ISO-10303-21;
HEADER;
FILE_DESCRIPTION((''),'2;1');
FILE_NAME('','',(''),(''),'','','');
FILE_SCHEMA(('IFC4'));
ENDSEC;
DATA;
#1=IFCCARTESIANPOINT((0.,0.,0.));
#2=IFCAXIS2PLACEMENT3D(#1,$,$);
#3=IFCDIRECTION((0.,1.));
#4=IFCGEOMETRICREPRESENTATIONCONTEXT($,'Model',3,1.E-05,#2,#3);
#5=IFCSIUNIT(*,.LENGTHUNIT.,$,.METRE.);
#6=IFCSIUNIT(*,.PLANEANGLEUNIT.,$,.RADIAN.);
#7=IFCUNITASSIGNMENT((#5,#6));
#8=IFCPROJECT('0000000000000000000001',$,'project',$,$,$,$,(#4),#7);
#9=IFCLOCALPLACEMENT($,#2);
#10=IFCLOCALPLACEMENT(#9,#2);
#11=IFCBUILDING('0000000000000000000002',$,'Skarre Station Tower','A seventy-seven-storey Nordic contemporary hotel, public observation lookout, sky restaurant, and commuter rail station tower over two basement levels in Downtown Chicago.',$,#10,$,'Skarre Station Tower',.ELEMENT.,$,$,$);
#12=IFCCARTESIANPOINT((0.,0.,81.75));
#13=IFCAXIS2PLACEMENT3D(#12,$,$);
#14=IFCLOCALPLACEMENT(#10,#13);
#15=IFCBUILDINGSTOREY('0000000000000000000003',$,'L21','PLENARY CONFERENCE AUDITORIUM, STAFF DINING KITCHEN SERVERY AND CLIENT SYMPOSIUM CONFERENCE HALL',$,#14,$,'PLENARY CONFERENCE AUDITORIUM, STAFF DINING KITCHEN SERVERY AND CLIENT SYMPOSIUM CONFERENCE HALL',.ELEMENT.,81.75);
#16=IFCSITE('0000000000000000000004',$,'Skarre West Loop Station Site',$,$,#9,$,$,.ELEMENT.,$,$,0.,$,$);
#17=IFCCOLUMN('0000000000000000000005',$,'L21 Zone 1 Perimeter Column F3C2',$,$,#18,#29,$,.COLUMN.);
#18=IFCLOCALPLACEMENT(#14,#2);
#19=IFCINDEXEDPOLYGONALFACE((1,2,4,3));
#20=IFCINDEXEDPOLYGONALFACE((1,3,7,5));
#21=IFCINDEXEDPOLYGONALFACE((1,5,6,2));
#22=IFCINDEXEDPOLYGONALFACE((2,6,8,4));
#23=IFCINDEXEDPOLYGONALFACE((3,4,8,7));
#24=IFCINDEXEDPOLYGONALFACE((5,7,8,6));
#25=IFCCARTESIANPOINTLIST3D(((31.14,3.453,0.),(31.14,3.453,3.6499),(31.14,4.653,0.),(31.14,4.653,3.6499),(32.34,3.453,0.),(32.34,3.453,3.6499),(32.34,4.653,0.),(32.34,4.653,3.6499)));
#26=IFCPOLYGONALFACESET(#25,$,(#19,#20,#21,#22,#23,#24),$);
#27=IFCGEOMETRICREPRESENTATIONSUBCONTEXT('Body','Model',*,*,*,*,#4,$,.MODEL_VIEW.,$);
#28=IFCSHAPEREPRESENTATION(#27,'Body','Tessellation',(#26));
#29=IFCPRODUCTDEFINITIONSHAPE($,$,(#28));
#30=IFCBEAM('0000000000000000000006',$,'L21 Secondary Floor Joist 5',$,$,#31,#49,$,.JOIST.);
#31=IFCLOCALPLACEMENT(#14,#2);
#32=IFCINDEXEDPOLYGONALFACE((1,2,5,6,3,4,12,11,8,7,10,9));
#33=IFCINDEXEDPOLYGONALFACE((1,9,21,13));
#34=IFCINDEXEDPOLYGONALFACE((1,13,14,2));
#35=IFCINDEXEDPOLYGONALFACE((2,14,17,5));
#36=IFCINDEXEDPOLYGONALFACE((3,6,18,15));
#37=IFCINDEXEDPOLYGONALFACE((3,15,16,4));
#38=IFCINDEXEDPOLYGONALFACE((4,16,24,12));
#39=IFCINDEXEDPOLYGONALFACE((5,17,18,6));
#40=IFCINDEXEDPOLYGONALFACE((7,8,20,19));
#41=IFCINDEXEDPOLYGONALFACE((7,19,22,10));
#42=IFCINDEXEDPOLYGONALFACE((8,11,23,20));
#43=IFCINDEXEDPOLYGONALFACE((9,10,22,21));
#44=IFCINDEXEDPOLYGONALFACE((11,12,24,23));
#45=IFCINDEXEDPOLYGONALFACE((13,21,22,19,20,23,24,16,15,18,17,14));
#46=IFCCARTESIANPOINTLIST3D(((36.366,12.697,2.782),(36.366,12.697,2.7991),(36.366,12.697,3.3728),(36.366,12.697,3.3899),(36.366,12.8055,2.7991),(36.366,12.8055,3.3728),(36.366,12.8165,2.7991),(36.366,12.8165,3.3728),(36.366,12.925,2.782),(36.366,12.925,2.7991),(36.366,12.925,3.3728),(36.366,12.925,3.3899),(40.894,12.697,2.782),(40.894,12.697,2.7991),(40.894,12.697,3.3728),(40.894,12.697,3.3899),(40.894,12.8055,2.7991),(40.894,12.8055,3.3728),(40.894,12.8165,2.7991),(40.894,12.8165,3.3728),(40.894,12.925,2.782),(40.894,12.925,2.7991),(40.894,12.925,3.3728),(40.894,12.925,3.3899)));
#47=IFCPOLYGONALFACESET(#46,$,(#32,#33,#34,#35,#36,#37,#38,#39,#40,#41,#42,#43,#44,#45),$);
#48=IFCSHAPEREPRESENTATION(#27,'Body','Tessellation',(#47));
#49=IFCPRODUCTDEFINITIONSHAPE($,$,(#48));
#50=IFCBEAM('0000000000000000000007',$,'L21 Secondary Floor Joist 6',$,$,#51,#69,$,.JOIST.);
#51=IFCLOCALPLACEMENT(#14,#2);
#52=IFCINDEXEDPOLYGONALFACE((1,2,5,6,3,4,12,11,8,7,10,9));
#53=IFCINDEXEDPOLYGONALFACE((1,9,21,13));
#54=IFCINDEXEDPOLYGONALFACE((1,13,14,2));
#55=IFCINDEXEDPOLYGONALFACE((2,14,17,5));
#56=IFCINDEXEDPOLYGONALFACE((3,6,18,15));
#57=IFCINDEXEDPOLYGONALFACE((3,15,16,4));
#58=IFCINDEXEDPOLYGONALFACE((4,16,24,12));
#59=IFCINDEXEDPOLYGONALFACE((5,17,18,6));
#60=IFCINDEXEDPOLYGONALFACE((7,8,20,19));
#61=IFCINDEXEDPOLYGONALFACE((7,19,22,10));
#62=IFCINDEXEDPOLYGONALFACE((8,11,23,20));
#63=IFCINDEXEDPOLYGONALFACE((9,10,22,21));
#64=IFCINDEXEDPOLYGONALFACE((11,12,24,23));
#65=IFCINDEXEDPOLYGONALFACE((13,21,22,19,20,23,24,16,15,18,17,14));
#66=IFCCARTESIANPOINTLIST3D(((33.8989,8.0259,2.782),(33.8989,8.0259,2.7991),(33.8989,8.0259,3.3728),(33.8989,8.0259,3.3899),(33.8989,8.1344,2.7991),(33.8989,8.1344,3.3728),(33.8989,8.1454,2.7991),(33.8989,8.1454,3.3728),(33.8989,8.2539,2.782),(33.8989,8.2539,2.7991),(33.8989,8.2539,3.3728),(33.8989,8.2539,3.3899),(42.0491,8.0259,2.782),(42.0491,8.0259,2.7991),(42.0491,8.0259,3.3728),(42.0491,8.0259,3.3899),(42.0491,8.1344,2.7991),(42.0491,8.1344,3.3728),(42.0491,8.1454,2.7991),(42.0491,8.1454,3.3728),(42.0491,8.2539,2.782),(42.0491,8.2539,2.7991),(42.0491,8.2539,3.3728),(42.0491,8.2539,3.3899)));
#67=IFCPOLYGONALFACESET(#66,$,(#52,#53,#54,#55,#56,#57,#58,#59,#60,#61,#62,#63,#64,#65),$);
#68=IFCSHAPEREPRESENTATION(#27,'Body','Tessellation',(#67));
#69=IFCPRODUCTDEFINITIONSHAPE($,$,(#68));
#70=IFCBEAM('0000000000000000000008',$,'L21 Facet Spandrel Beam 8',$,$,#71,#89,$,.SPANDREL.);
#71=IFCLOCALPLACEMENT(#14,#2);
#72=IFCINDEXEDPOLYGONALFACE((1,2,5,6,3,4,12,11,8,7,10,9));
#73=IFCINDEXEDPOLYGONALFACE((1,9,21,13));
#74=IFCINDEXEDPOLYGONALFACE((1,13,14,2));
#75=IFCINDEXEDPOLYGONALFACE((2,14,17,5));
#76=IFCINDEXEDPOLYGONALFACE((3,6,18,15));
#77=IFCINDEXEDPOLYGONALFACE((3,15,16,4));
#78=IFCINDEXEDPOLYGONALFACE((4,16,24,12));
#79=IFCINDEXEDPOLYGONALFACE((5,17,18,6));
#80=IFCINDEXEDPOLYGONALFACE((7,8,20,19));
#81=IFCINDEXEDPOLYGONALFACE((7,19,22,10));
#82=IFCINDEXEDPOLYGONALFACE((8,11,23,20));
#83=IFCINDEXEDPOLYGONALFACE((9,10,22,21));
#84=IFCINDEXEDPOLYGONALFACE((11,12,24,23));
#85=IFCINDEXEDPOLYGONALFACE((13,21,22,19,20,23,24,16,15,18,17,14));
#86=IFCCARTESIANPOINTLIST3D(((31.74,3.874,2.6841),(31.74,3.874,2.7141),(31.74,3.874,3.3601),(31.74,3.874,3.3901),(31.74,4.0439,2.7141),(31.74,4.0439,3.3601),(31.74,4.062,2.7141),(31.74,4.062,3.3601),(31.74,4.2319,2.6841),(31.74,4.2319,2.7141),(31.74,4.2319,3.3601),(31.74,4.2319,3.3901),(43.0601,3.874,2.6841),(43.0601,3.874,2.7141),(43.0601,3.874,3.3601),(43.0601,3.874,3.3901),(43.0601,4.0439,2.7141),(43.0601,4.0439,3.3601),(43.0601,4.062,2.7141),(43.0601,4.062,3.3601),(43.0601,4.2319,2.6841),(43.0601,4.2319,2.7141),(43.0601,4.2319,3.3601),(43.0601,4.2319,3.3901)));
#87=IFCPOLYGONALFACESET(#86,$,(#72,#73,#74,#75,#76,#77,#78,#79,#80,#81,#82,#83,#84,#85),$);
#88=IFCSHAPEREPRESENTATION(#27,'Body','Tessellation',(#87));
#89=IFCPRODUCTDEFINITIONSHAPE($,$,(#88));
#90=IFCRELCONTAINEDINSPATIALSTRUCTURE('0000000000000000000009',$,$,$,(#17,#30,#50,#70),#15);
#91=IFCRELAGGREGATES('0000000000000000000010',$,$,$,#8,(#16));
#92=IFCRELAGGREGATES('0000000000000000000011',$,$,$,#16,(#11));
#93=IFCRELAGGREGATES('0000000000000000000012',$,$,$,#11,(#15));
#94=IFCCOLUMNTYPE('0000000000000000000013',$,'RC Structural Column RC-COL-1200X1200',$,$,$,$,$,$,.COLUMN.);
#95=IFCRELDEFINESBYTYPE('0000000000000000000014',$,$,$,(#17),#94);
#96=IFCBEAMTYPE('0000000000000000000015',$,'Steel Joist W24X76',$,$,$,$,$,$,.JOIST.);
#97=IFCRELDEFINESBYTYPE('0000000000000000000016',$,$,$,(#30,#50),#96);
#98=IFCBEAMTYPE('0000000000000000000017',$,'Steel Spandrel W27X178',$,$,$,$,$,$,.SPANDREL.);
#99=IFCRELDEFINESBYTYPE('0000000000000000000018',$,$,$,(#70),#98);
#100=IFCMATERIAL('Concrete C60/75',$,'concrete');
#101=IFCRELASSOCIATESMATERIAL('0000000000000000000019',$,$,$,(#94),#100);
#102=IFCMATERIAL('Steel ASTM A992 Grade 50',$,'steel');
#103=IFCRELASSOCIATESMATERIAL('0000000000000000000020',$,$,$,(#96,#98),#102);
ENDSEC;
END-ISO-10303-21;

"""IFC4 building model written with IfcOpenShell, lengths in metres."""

from ifc_helpers import new_model, si_unit, direction, frame, origin, origin_2d, place, context, subcontext, project, spatial, rectangle, i_section, extrude, material, material_profile, profile_set, type_object, element, save


model = new_model("IFC4")

# Units and contexts
model_context = context("Model", 3, precision=1e-05, world=origin(), true_north=direction((0.0, 1.0)))
body_context = subcontext(model_context, "Body", "Model", "MODEL_VIEW")
ifc_project = project(units=[si_unit("LENGTHUNIT", "METRE"), si_unit("PLANEANGLEUNIT", "RADIAN")], contexts=[model_context])

# Site, building, storey
site_placement = place(None, origin())
site = spatial("IfcSite", under=ifc_project, at=site_placement, Name="Skarre West Loop Station Site", CompositionType="ELEMENT", RefElevation=0.0)
building_placement = place(site_placement, origin())
building = spatial("IfcBuilding", under=site, at=building_placement, Name="Skarre Station Tower", Description="A seventy-seven-storey Nordic contemporary hotel, public observation lookout, sky restaurant, and commuter rail station tower over two basement levels in Downtown Chicago.", LongName="Skarre Station Tower", CompositionType="ELEMENT")
storey_placement = place(building_placement, frame((0.0, 0.0, 81.75)))
storey = spatial("IfcBuildingStorey", under=building, at=storey_placement, Name="L21", Description="PLENARY CONFERENCE AUDITORIUM, STAFF DINING KITCHEN SERVERY AND CLIENT SYMPOSIUM CONFERENCE HALL", LongName="PLENARY CONFERENCE AUDITORIUM, STAFF DINING KITCHEN SERVERY AND CLIENT SYMPOSIUM CONFERENCE HALL", CompositionType="ELEMENT", Elevation=81.75)

# Column
ifc_material_1 = material(Name="Concrete C60/75", Category="concrete")
ifc_material_profile_1 = material_profile(ifc_material_1, rectangle(XDim=1.2, YDim=1.2, at=origin_2d()), Name="Concrete C60/75")
ifc_profile_set_1 = profile_set([ifc_material_profile_1], Name="Concrete C60/75")
column_type = type_object("IfcColumnType", Name="RC Structural Column RC-COL-1200X1200", PredefinedType="COLUMN", material=ifc_profile_set_1)
column_placement = place(storey_placement, frame((31.74, 4.053, 0.0), z_axis=(0.0, 0.0, 1.0), x_axis=(1.0, 0.0, 0.0)))
element("IfcColumn", 1, at=column_placement, inside=storey, type_object=column_type, Name="L21 Zone 1 Perimeter Column F3C2", PredefinedType="COLUMN", context=body_context, shape_type="SweptSolid", body=[
    extrude(rectangle(XDim=1.2, YDim=1.2, at=origin_2d()), origin(), (0.0, 0.0, 1.0), 3.6499),
])

# Beams
ifc_material_2 = material(Name="Steel ASTM A992 Grade 50", Category="steel")
ifc_material_profile_2 = material_profile(ifc_material_2, i_section(OverallWidth=0.228, OverallDepth=0.6079, WebThickness=0.011, FlangeThickness=0.0171, at=origin_2d()), Name="Steel ASTM A992 Grade 50")
ifc_profile_set_2 = profile_set([ifc_material_profile_2], Name="Steel ASTM A992 Grade 50")
beam_type_1 = type_object("IfcBeamType", Name="Steel Joist W24X76", PredefinedType="JOIST", material=ifc_profile_set_2)
beam_1_placement = place(storey_placement, frame((36.366, 12.811, 3.0859), z_axis=(1.0, 0.0, 0.0), x_axis=(0.0, 1.0, 0.0)))
element("IfcBeam", 2, at=beam_1_placement, inside=storey, type_object=beam_type_1, Name="L21 Secondary Floor Joist 5", PredefinedType="JOIST", context=body_context, shape_type="SweptSolid", body=[
    extrude(i_section(OverallWidth=0.228, OverallDepth=0.6079, WebThickness=0.011, FlangeThickness=0.0171, at=origin_2d()), origin(), (0.0, 0.0, 1.0), 4.5281),
])
beam_2_placement = place(storey_placement, frame((33.8989, 8.1399, 3.0859), z_axis=(1.0, 0.0, 0.0), x_axis=(0.0, 1.0, 0.0)))
element("IfcBeam", 3, at=beam_2_placement, inside=storey, type_object=beam_type_1, Name="L21 Secondary Floor Joist 6", PredefinedType="JOIST", context=body_context, shape_type="SweptSolid", body=[
    extrude(i_section(OverallWidth=0.228, OverallDepth=0.6079, WebThickness=0.011, FlangeThickness=0.0171, at=origin_2d()), origin(), (0.0, 0.0, 1.0), 8.1501),
])
ifc_material_profile_3 = material_profile(ifc_material_2, i_section(OverallWidth=0.3579, OverallDepth=0.7061, WebThickness=0.0181, FlangeThickness=0.03, at=origin_2d()), Name="Steel ASTM A992 Grade 50")
ifc_profile_set_3 = profile_set([ifc_material_profile_3], Name="Steel ASTM A992 Grade 50")
beam_type_2 = type_object("IfcBeamType", Name="Steel Spandrel W27X178", PredefinedType="SPANDREL", material=ifc_profile_set_3)
beam_3_placement = place(storey_placement, frame((31.74, 4.053, 3.0371), z_axis=(1.0, 0.0, 0.0), x_axis=(0.0, 1.0, 0.0)))
element("IfcBeam", 4, at=beam_3_placement, inside=storey, type_object=beam_type_2, Name="L21 Facet Spandrel Beam 8", PredefinedType="SPANDREL", context=body_context, shape_type="SweptSolid", body=[
    extrude(i_section(OverallWidth=0.3579, OverallDepth=0.7061, WebThickness=0.0181, FlangeThickness=0.03, at=origin_2d()), origin(), (0.0, 0.0, 1.0), 11.3201),
])

save(model, "model.ifc")
